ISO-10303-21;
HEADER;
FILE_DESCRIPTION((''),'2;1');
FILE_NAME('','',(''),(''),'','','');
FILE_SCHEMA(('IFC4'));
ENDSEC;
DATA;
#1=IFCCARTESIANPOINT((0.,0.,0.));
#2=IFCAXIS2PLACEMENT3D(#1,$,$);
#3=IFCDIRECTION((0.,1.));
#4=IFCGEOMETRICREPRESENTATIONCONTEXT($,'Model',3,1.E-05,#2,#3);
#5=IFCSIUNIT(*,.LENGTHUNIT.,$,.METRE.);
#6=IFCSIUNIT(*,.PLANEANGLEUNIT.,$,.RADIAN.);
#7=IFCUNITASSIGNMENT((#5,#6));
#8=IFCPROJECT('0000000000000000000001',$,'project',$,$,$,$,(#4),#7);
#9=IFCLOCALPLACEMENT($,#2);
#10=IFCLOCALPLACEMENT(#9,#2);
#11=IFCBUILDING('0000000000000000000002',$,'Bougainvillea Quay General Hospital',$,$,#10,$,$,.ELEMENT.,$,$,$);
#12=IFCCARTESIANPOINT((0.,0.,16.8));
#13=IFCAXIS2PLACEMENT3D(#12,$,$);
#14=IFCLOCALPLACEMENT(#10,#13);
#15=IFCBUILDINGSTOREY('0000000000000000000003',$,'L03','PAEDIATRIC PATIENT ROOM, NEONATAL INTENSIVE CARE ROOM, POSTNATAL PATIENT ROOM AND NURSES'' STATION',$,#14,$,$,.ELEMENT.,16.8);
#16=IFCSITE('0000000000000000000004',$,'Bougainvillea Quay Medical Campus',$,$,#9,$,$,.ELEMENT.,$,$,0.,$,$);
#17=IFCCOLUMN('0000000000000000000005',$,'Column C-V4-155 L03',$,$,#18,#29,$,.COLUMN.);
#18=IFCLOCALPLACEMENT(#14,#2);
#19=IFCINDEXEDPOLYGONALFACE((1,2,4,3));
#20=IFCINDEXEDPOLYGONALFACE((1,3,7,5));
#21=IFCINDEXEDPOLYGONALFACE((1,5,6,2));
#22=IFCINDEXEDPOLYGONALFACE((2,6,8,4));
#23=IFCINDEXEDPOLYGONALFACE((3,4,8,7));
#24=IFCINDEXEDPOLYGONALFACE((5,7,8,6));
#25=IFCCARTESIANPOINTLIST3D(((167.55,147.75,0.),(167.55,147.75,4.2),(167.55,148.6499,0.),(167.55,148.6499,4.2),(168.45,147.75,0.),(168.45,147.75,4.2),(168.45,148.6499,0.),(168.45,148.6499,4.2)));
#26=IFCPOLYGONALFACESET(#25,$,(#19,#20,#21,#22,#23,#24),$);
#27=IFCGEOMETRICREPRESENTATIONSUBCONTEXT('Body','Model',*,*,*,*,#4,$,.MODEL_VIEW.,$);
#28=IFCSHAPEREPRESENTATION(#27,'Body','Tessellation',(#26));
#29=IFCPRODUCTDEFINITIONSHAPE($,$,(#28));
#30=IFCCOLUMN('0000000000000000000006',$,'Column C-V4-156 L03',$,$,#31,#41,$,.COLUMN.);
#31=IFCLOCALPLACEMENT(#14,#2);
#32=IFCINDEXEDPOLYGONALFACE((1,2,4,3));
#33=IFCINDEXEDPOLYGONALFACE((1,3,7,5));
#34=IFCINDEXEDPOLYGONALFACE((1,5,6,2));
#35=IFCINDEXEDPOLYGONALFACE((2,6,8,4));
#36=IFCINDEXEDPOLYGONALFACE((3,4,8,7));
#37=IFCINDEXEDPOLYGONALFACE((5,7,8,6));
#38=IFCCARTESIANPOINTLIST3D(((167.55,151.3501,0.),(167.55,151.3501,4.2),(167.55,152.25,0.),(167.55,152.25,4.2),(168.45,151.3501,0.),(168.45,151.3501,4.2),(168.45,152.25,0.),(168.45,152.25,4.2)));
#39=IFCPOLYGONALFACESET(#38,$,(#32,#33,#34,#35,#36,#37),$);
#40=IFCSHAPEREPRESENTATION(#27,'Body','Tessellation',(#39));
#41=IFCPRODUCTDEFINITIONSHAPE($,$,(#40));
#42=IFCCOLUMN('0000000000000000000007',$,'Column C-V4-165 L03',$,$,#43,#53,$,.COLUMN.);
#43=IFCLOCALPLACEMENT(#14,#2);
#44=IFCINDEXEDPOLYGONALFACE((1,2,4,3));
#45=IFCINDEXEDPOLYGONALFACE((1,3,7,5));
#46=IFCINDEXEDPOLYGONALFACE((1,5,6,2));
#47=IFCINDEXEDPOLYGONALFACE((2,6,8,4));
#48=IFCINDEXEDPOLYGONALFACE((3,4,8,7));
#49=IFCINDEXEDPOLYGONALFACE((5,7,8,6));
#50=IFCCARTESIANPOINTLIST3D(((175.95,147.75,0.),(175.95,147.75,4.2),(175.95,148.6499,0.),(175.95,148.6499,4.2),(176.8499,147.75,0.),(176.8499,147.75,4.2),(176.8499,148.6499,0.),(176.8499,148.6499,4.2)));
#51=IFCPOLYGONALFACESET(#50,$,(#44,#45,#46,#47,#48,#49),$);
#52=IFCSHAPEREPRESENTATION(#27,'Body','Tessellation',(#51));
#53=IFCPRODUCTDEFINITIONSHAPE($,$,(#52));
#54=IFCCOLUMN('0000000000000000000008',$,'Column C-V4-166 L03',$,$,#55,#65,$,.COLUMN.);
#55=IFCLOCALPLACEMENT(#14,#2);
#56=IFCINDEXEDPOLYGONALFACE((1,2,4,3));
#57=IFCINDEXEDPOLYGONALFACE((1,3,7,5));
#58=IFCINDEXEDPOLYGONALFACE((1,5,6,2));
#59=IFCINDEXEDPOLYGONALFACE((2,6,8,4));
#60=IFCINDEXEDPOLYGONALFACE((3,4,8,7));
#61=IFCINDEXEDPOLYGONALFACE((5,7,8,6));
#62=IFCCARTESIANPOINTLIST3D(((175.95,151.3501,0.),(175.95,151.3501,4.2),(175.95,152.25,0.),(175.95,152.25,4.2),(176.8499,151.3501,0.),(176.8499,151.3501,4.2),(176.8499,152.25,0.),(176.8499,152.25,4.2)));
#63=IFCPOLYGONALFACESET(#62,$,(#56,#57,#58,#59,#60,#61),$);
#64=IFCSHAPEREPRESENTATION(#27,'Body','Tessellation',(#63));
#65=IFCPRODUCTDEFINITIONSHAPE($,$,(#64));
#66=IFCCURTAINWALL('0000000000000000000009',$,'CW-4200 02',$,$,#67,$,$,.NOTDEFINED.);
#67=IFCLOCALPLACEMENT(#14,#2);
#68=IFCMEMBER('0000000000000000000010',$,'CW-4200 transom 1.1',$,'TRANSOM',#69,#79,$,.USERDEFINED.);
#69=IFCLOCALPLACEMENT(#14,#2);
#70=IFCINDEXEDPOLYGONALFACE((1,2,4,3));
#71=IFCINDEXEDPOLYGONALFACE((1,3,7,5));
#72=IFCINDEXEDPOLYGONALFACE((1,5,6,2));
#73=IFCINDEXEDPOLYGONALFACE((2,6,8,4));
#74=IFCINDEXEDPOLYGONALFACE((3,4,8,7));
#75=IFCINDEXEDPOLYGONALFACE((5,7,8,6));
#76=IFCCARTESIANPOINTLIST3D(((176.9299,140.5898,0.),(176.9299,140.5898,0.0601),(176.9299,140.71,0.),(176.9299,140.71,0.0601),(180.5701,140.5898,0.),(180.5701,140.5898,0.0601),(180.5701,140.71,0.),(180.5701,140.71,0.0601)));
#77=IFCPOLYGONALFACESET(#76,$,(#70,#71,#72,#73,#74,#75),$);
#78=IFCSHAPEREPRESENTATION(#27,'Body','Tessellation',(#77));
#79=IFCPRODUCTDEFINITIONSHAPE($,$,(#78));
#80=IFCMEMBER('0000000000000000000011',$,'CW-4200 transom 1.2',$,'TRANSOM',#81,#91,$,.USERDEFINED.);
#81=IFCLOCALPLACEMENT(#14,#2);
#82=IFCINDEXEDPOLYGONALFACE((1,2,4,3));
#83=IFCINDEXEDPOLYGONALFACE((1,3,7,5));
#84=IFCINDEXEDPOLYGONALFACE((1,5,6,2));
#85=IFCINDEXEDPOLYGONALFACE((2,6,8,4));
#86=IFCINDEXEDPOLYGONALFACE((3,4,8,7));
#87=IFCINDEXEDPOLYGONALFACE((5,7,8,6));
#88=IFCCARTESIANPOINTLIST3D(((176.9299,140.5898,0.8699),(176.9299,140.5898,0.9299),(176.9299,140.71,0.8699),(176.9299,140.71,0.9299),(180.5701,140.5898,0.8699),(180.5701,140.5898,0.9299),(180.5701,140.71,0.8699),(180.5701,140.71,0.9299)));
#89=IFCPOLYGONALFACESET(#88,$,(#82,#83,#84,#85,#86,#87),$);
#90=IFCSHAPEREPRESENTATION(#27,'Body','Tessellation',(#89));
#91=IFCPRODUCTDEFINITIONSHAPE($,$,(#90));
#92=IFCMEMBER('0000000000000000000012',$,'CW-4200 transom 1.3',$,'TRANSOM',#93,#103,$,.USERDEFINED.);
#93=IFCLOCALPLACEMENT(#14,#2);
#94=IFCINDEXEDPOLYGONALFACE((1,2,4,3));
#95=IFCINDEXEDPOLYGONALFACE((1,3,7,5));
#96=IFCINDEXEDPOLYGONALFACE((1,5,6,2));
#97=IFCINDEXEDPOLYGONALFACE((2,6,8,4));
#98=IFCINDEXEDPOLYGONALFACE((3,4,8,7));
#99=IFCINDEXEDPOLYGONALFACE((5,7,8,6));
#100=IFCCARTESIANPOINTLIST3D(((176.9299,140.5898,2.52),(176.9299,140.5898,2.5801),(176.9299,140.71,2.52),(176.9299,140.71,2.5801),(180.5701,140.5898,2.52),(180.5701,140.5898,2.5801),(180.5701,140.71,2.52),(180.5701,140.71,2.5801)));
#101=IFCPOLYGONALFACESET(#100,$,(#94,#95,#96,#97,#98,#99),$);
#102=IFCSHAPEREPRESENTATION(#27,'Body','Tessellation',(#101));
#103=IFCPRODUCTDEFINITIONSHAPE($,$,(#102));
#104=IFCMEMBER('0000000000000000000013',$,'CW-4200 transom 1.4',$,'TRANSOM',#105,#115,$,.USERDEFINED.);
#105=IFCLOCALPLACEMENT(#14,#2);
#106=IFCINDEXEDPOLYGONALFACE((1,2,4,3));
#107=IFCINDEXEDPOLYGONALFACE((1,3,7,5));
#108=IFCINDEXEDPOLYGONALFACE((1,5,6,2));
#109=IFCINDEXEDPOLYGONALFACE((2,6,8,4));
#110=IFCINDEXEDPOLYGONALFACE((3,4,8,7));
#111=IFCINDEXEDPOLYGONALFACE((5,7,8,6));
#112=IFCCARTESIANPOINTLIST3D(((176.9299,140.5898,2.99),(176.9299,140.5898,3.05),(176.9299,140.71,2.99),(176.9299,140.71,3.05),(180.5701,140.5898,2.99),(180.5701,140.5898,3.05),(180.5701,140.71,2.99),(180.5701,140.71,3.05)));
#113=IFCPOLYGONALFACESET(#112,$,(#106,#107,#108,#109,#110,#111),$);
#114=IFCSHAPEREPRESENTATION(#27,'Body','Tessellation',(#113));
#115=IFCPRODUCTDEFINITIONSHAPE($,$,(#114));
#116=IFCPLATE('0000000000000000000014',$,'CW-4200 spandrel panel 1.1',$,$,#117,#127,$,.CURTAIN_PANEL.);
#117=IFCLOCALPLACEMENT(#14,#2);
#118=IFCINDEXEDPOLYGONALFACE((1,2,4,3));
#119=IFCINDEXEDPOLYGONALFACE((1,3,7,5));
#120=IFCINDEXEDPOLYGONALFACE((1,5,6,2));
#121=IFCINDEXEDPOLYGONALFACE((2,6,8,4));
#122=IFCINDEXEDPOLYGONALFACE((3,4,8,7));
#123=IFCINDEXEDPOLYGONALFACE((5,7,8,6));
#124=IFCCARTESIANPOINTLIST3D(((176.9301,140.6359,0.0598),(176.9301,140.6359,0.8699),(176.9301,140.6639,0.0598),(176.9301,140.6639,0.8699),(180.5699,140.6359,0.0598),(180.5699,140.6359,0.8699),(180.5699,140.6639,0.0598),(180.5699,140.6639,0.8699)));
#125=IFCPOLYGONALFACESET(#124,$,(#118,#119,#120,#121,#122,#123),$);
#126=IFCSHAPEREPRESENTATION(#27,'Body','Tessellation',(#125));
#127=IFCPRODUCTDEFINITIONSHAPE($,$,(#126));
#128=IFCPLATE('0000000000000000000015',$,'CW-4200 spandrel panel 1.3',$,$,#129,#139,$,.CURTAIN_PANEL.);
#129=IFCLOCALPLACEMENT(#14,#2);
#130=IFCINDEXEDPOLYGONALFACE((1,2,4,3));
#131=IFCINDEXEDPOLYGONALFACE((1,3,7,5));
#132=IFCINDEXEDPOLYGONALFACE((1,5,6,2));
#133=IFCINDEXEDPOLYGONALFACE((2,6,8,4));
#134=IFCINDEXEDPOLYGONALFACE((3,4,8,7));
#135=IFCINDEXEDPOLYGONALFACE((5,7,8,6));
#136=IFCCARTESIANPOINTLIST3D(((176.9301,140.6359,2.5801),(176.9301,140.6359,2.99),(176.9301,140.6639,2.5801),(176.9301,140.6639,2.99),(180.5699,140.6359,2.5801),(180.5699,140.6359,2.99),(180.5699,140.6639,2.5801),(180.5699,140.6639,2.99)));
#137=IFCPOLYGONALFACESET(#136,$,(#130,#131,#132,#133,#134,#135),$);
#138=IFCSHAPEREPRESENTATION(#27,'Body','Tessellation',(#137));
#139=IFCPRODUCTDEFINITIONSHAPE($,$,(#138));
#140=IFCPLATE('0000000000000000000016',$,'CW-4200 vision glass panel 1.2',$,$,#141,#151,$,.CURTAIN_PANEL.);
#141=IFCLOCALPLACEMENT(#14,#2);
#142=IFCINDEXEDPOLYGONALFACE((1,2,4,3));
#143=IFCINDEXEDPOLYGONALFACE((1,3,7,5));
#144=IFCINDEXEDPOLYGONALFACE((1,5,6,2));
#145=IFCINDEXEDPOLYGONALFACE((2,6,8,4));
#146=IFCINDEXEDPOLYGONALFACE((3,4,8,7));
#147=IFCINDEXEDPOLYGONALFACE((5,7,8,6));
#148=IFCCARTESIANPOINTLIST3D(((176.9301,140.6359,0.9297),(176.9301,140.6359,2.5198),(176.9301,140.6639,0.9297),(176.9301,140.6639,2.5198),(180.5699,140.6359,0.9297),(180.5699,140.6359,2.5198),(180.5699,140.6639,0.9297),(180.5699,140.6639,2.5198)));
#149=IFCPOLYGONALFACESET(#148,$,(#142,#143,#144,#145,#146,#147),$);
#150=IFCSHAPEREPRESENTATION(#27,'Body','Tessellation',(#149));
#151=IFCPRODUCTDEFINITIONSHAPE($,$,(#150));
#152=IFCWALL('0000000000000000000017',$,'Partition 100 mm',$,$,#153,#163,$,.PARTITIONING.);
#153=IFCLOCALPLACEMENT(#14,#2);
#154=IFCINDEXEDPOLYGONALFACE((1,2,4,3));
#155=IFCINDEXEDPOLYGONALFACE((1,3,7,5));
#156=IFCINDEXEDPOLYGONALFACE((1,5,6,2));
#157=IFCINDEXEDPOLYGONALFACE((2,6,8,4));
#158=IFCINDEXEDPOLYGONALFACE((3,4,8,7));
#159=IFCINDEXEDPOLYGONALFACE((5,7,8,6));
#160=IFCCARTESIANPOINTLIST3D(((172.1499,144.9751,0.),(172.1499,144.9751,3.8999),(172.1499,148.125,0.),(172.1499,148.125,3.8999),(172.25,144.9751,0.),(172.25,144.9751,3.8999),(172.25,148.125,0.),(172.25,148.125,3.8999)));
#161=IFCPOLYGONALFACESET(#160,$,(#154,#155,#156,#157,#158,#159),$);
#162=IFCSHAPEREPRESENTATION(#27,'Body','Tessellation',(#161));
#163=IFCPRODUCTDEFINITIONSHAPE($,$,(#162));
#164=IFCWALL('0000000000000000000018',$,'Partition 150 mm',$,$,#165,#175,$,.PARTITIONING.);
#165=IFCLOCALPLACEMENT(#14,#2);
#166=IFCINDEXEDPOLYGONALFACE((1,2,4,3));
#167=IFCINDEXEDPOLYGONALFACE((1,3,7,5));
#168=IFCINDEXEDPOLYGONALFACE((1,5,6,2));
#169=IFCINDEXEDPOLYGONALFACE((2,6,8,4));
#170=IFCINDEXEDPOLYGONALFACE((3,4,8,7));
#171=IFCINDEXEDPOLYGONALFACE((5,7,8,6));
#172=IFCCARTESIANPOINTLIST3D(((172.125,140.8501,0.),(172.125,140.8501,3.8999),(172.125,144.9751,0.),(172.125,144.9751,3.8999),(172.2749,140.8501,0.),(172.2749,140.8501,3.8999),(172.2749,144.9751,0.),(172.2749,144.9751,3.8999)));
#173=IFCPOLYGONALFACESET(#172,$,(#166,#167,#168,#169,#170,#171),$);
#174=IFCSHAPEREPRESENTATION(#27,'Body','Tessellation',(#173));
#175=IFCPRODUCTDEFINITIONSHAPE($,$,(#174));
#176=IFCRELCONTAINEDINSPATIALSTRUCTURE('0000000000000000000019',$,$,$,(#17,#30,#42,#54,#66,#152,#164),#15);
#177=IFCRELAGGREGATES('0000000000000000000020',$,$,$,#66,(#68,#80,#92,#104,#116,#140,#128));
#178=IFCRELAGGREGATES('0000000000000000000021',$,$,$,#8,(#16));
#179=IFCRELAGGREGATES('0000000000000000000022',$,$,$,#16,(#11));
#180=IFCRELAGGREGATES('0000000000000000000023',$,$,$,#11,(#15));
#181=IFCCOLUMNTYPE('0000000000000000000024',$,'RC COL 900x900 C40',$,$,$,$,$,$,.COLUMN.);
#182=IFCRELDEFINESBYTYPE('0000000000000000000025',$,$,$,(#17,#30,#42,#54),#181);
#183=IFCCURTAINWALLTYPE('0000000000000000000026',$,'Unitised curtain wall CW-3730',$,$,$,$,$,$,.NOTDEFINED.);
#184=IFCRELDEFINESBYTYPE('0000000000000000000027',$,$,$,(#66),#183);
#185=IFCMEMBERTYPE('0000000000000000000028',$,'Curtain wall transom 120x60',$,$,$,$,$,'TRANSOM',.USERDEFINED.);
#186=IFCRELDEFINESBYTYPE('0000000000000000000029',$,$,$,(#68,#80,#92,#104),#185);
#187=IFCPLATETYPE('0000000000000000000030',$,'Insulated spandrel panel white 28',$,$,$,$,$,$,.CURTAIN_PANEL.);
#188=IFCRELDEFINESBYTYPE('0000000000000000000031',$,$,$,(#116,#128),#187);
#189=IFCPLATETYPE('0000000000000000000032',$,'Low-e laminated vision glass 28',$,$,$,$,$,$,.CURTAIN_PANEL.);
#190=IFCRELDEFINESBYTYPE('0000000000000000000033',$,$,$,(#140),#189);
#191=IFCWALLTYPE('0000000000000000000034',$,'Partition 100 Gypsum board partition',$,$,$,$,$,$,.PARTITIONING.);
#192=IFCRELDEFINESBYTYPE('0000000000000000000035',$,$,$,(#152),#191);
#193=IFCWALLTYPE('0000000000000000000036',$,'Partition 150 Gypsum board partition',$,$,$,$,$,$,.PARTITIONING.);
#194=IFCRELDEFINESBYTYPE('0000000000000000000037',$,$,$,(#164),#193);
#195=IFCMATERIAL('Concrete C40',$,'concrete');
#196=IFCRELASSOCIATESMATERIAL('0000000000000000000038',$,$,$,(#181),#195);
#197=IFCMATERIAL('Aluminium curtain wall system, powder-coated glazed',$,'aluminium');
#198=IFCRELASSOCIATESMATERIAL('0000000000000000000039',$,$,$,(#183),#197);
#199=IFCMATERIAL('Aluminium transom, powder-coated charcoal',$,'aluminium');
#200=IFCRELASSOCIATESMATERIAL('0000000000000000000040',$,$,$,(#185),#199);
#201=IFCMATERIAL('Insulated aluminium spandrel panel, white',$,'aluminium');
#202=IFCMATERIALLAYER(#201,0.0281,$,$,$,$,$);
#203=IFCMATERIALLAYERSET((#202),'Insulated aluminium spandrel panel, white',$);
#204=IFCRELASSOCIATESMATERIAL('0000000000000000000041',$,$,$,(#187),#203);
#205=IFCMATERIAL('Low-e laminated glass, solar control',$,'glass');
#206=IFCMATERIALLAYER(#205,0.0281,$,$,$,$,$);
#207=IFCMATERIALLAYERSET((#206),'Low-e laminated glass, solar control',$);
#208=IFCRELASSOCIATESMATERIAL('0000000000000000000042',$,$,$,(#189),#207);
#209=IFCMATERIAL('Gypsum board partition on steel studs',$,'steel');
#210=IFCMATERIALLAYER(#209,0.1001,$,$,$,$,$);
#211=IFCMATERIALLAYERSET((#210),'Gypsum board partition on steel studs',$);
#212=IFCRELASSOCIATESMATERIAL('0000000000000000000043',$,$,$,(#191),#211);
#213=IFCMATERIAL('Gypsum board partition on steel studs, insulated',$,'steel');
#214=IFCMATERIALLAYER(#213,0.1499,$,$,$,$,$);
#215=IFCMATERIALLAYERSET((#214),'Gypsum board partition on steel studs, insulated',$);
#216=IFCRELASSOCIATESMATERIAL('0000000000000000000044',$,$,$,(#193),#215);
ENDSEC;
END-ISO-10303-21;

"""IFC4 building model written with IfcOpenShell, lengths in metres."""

from ifc_helpers import new_model, si_unit, direction, frame, frame_2d, origin, origin_2d, place, context, subcontext, project, spatial, rectangle, extrude, material, layer, layer_set, material_profile, profile_set, type_object, element, aggregate, save


model = new_model("IFC4")

# Units and contexts
model_context = context("Model", 3, precision=1e-05, world=origin(), true_north=direction((0.0, 1.0)))
body_context = subcontext(model_context, "Body", "Model", "MODEL_VIEW")
ifc_project = project(units=[si_unit("LENGTHUNIT", "METRE"), si_unit("PLANEANGLEUNIT", "RADIAN")], contexts=[model_context])

# Site, building, storey
site_placement = place(None, origin())
site = spatial("IfcSite", under=ifc_project, at=site_placement, Name="Bougainvillea Quay Medical Campus", CompositionType="ELEMENT", RefElevation=0.0)
building_placement = place(site_placement, origin())
building = spatial("IfcBuilding", under=site, at=building_placement, Name="Bougainvillea Quay General Hospital", CompositionType="ELEMENT")
storey_placement = place(building_placement, frame((0.0, 0.0, 16.8)))
storey = spatial("IfcBuildingStorey", under=building, at=storey_placement, Name="L03", Description="PAEDIATRIC PATIENT ROOM, NEONATAL INTENSIVE CARE ROOM, POSTNATAL PATIENT ROOM AND NURSES' STATION", CompositionType="ELEMENT", Elevation=16.8)

# Columns
ifc_material_1 = material(Name="Concrete C40", Category="concrete")
ifc_material_profile_1 = material_profile(ifc_material_1, rectangle(XDim=0.8999, YDim=0.8999, at=origin_2d()))
ifc_profile_set_1 = profile_set([ifc_material_profile_1], Name="Concrete C40")
column_type = type_object("IfcColumnType", Name="RC COL 900x900 C40", PredefinedType="COLUMN", material=ifc_profile_set_1)
for number, where, z_axis, x_axis, name in (
    (1, (168.0, 148.2, 0.0), (0.0, 0.0, 1.0), (1.0, 0.0, 0.0), "Column C-V4-155 L03"),
    (2, (168.0, 151.8, 0.0), (0.0, 0.0, 1.0), (1.0, 0.0, 0.0), "Column C-V4-156 L03"),
    (3, (176.3999, 148.2, 0.0), (0.0, 0.0, 1.0), (1.0, 0.0, 0.0), "Column C-V4-165 L03"),
    (4, (176.3999, 151.8, 0.0), (0.0, 0.0, 1.0), (1.0, 0.0, 0.0), "Column C-V4-166 L03"),
):
    element("IfcColumn", number, at=place(storey_placement, frame(where, z_axis=z_axis, x_axis=x_axis)), inside=storey, type_object=column_type, Name=name, PredefinedType="COLUMN", context=body_context, shape_type="SweptSolid", body=[
        extrude(rectangle(XDim=0.8999, YDim=0.8999, at=origin_2d()), origin(), (0.0, 0.0, 1.0), 4.2),
    ])

# Curtain wall, members, plates
ifc_material_2 = material(Name="Aluminium curtain wall system, powder-coated glazed", Category="aluminium")
curtain_wall_type = type_object("IfcCurtainWallType", Name="Unitised curtain wall CW-3730", PredefinedType="NOTDEFINED", material=ifc_material_2)
curtain_wall_placement = place(storey_placement, origin())
curtain_wall = element("IfcCurtainWall", 5, at=curtain_wall_placement, inside=storey, type_object=curtain_wall_type, Name="CW-4200 02", PredefinedType="NOTDEFINED")
ifc_material_3 = material(Name="Aluminium transom, powder-coated charcoal", Category="aluminium")
ifc_material_profile_2 = material_profile(ifc_material_3, rectangle(XDim=0.1201, YDim=0.0601, at=origin_2d()))
ifc_profile_set_2 = profile_set([ifc_material_profile_2], Name="Aluminium transom, powder-coated charcoal")
member_type = type_object("IfcMemberType", Name="Curtain wall transom 120x60", ElementType="TRANSOM", PredefinedType="USERDEFINED", material=ifc_profile_set_2)
member_1_placement = place(storey_placement, frame((176.9299, 140.6499, 0.03), z_axis=(1.0, 0.0, 0.0), x_axis=(0.0, 1.0, 0.0)))
member_1 = element("IfcMember", 6, at=member_1_placement, type_object=member_type, Name="CW-4200 transom 1.1", ObjectType="TRANSOM", PredefinedType="USERDEFINED", context=body_context, shape_type="SweptSolid", body=[
    extrude(rectangle(XDim=0.1201, YDim=0.0601, at=origin_2d()), origin(), (0.0, 0.0, 1.0), 3.6401),
])
member_2_placement = place(storey_placement, frame((176.9299, 140.6499, 0.8999), z_axis=(1.0, 0.0, 0.0), x_axis=(0.0, 1.0, 0.0)))
member_2 = element("IfcMember", 7, at=member_2_placement, type_object=member_type, Name="CW-4200 transom 1.2", ObjectType="TRANSOM", PredefinedType="USERDEFINED", context=body_context, shape_type="SweptSolid", body=[
    extrude(rectangle(XDim=0.1201, YDim=0.0601, at=origin_2d()), origin(), (0.0, 0.0, 1.0), 3.6401),
])
member_3_placement = place(storey_placement, frame((176.9299, 140.6499, 2.55), z_axis=(1.0, 0.0, 0.0), x_axis=(0.0, 1.0, 0.0)))
member_3 = element("IfcMember", 8, at=member_3_placement, type_object=member_type, Name="CW-4200 transom 1.3", ObjectType="TRANSOM", PredefinedType="USERDEFINED", context=body_context, shape_type="SweptSolid", body=[
    extrude(rectangle(XDim=0.1201, YDim=0.0601, at=origin_2d()), origin(), (0.0, 0.0, 1.0), 3.6401),
])
member_4_placement = place(storey_placement, frame((176.9299, 140.6499, 3.02), z_axis=(1.0, 0.0, 0.0), x_axis=(0.0, 1.0, 0.0)))
member_4 = element("IfcMember", 9, at=member_4_placement, type_object=member_type, Name="CW-4200 transom 1.4", ObjectType="TRANSOM", PredefinedType="USERDEFINED", context=body_context, shape_type="SweptSolid", body=[
    extrude(rectangle(XDim=0.1201, YDim=0.0601, at=origin_2d()), origin(), (0.0, 0.0, 1.0), 3.6401),
])
ifc_material_4 = material(Name="Insulated aluminium spandrel panel, white", Category="aluminium")
ifc_layer_1 = layer(ifc_material_4, 0.0281)
ifc_layer_set_1 = layer_set([ifc_layer_1], Name="Insulated aluminium spandrel panel, white")
plate_type_1 = type_object("IfcPlateType", Name="Insulated spandrel panel white 28", PredefinedType="CURTAIN_PANEL", material=ifc_layer_set_1)
plate_1_placement = place(storey_placement, frame((178.75, 140.6499, 0.0598), z_axis=(0.0, 0.0, 1.0), x_axis=(1.0, 0.0, 0.0)))
plate_1 = element("IfcPlate", 10, at=plate_1_placement, type_object=plate_type_1, Name="CW-4200 spandrel panel 1.1", PredefinedType="CURTAIN_PANEL", context=body_context, shape_type="SweptSolid", body=[
    extrude(rectangle(XDim=3.6399, YDim=0.0281, at=origin_2d()), origin(), (0.0, 0.0, 1.0), 0.8101),
])
plate_2_placement = place(storey_placement, frame((178.75, 140.6499, 2.5801), z_axis=(0.0, 0.0, 1.0), x_axis=(1.0, 0.0, 0.0)))
plate_2 = element("IfcPlate", 11, at=plate_2_placement, type_object=plate_type_1, Name="CW-4200 spandrel panel 1.3", PredefinedType="CURTAIN_PANEL", context=body_context, shape_type="SweptSolid", body=[
    extrude(rectangle(XDim=3.6399, YDim=0.0281, at=origin_2d()), origin(), (0.0, 0.0, 1.0), 0.4099),
])
ifc_material_5 = material(Name="Low-e laminated glass, solar control", Category="glass")
ifc_layer_2 = layer(ifc_material_5, 0.0281)
ifc_layer_set_2 = layer_set([ifc_layer_2], Name="Low-e laminated glass, solar control")
plate_type_2 = type_object("IfcPlateType", Name="Low-e laminated vision glass 28", PredefinedType="CURTAIN_PANEL", material=ifc_layer_set_2)
plate_3_placement = place(storey_placement, frame((178.75, 140.6499, 0.9297), z_axis=(0.0, 0.0, 1.0), x_axis=(1.0, 0.0, 0.0)))
plate_3 = element("IfcPlate", 12, at=plate_3_placement, type_object=plate_type_2, Name="CW-4200 vision glass panel 1.2", PredefinedType="CURTAIN_PANEL", context=body_context, shape_type="SweptSolid", body=[
    extrude(rectangle(XDim=3.6399, YDim=0.0281, at=origin_2d()), origin(), (0.0, 0.0, 1.0), 1.5901),
])
aggregate(curtain_wall, [member_1, member_2, member_3, member_4, plate_1, plate_3, plate_2])

# Walls
ifc_material_6 = material(Name="Gypsum board partition on steel studs", Category="steel")
ifc_layer_3 = layer(ifc_material_6, 0.1001)
ifc_layer_set_3 = layer_set([ifc_layer_3], Name="Gypsum board partition on steel studs")
wall_type_1 = type_object("IfcWallType", Name="Partition 100 Gypsum board partition", PredefinedType="PARTITIONING", material=ifc_layer_set_3)
wall_1_placement = place(storey_placement, frame((172.2, 144.9751, 0.0), z_axis=(0.0, 0.0, 1.0), x_axis=(0.0, 1.0, 0.0)))
element("IfcWall", 13, at=wall_1_placement, inside=storey, type_object=wall_type_1, Name="Partition 100 mm", PredefinedType="PARTITIONING", context=body_context, shape_type="SweptSolid", body=[
    extrude(rectangle(XDim=3.1499, YDim=0.1001, at=frame_2d((1.575, 0.0))), origin(), (0.0, 0.0, 1.0), 3.8999),
])
ifc_material_7 = material(Name="Gypsum board partition on steel studs, insulated", Category="steel")
ifc_layer_4 = layer(ifc_material_7, 0.1499)
ifc_layer_set_4 = layer_set([ifc_layer_4], Name="Gypsum board partition on steel studs, insulated")
wall_type_2 = type_object("IfcWallType", Name="Partition 150 Gypsum board partition", PredefinedType="PARTITIONING", material=ifc_layer_set_4)
wall_2_placement = place(storey_placement, frame((172.2, 140.8501, 0.0), z_axis=(0.0, 0.0, 1.0), x_axis=(0.0, 1.0, 0.0)))
element("IfcWall", 14, at=wall_2_placement, inside=storey, type_object=wall_type_2, Name="Partition 150 mm", PredefinedType="PARTITIONING", context=body_context, shape_type="SweptSolid", body=[
    extrude(rectangle(XDim=4.125, YDim=0.1499, at=frame_2d((2.0625, 0.0))), origin(), (0.0, 0.0, 1.0), 3.8999),
])

save(model, "model.ifc")
